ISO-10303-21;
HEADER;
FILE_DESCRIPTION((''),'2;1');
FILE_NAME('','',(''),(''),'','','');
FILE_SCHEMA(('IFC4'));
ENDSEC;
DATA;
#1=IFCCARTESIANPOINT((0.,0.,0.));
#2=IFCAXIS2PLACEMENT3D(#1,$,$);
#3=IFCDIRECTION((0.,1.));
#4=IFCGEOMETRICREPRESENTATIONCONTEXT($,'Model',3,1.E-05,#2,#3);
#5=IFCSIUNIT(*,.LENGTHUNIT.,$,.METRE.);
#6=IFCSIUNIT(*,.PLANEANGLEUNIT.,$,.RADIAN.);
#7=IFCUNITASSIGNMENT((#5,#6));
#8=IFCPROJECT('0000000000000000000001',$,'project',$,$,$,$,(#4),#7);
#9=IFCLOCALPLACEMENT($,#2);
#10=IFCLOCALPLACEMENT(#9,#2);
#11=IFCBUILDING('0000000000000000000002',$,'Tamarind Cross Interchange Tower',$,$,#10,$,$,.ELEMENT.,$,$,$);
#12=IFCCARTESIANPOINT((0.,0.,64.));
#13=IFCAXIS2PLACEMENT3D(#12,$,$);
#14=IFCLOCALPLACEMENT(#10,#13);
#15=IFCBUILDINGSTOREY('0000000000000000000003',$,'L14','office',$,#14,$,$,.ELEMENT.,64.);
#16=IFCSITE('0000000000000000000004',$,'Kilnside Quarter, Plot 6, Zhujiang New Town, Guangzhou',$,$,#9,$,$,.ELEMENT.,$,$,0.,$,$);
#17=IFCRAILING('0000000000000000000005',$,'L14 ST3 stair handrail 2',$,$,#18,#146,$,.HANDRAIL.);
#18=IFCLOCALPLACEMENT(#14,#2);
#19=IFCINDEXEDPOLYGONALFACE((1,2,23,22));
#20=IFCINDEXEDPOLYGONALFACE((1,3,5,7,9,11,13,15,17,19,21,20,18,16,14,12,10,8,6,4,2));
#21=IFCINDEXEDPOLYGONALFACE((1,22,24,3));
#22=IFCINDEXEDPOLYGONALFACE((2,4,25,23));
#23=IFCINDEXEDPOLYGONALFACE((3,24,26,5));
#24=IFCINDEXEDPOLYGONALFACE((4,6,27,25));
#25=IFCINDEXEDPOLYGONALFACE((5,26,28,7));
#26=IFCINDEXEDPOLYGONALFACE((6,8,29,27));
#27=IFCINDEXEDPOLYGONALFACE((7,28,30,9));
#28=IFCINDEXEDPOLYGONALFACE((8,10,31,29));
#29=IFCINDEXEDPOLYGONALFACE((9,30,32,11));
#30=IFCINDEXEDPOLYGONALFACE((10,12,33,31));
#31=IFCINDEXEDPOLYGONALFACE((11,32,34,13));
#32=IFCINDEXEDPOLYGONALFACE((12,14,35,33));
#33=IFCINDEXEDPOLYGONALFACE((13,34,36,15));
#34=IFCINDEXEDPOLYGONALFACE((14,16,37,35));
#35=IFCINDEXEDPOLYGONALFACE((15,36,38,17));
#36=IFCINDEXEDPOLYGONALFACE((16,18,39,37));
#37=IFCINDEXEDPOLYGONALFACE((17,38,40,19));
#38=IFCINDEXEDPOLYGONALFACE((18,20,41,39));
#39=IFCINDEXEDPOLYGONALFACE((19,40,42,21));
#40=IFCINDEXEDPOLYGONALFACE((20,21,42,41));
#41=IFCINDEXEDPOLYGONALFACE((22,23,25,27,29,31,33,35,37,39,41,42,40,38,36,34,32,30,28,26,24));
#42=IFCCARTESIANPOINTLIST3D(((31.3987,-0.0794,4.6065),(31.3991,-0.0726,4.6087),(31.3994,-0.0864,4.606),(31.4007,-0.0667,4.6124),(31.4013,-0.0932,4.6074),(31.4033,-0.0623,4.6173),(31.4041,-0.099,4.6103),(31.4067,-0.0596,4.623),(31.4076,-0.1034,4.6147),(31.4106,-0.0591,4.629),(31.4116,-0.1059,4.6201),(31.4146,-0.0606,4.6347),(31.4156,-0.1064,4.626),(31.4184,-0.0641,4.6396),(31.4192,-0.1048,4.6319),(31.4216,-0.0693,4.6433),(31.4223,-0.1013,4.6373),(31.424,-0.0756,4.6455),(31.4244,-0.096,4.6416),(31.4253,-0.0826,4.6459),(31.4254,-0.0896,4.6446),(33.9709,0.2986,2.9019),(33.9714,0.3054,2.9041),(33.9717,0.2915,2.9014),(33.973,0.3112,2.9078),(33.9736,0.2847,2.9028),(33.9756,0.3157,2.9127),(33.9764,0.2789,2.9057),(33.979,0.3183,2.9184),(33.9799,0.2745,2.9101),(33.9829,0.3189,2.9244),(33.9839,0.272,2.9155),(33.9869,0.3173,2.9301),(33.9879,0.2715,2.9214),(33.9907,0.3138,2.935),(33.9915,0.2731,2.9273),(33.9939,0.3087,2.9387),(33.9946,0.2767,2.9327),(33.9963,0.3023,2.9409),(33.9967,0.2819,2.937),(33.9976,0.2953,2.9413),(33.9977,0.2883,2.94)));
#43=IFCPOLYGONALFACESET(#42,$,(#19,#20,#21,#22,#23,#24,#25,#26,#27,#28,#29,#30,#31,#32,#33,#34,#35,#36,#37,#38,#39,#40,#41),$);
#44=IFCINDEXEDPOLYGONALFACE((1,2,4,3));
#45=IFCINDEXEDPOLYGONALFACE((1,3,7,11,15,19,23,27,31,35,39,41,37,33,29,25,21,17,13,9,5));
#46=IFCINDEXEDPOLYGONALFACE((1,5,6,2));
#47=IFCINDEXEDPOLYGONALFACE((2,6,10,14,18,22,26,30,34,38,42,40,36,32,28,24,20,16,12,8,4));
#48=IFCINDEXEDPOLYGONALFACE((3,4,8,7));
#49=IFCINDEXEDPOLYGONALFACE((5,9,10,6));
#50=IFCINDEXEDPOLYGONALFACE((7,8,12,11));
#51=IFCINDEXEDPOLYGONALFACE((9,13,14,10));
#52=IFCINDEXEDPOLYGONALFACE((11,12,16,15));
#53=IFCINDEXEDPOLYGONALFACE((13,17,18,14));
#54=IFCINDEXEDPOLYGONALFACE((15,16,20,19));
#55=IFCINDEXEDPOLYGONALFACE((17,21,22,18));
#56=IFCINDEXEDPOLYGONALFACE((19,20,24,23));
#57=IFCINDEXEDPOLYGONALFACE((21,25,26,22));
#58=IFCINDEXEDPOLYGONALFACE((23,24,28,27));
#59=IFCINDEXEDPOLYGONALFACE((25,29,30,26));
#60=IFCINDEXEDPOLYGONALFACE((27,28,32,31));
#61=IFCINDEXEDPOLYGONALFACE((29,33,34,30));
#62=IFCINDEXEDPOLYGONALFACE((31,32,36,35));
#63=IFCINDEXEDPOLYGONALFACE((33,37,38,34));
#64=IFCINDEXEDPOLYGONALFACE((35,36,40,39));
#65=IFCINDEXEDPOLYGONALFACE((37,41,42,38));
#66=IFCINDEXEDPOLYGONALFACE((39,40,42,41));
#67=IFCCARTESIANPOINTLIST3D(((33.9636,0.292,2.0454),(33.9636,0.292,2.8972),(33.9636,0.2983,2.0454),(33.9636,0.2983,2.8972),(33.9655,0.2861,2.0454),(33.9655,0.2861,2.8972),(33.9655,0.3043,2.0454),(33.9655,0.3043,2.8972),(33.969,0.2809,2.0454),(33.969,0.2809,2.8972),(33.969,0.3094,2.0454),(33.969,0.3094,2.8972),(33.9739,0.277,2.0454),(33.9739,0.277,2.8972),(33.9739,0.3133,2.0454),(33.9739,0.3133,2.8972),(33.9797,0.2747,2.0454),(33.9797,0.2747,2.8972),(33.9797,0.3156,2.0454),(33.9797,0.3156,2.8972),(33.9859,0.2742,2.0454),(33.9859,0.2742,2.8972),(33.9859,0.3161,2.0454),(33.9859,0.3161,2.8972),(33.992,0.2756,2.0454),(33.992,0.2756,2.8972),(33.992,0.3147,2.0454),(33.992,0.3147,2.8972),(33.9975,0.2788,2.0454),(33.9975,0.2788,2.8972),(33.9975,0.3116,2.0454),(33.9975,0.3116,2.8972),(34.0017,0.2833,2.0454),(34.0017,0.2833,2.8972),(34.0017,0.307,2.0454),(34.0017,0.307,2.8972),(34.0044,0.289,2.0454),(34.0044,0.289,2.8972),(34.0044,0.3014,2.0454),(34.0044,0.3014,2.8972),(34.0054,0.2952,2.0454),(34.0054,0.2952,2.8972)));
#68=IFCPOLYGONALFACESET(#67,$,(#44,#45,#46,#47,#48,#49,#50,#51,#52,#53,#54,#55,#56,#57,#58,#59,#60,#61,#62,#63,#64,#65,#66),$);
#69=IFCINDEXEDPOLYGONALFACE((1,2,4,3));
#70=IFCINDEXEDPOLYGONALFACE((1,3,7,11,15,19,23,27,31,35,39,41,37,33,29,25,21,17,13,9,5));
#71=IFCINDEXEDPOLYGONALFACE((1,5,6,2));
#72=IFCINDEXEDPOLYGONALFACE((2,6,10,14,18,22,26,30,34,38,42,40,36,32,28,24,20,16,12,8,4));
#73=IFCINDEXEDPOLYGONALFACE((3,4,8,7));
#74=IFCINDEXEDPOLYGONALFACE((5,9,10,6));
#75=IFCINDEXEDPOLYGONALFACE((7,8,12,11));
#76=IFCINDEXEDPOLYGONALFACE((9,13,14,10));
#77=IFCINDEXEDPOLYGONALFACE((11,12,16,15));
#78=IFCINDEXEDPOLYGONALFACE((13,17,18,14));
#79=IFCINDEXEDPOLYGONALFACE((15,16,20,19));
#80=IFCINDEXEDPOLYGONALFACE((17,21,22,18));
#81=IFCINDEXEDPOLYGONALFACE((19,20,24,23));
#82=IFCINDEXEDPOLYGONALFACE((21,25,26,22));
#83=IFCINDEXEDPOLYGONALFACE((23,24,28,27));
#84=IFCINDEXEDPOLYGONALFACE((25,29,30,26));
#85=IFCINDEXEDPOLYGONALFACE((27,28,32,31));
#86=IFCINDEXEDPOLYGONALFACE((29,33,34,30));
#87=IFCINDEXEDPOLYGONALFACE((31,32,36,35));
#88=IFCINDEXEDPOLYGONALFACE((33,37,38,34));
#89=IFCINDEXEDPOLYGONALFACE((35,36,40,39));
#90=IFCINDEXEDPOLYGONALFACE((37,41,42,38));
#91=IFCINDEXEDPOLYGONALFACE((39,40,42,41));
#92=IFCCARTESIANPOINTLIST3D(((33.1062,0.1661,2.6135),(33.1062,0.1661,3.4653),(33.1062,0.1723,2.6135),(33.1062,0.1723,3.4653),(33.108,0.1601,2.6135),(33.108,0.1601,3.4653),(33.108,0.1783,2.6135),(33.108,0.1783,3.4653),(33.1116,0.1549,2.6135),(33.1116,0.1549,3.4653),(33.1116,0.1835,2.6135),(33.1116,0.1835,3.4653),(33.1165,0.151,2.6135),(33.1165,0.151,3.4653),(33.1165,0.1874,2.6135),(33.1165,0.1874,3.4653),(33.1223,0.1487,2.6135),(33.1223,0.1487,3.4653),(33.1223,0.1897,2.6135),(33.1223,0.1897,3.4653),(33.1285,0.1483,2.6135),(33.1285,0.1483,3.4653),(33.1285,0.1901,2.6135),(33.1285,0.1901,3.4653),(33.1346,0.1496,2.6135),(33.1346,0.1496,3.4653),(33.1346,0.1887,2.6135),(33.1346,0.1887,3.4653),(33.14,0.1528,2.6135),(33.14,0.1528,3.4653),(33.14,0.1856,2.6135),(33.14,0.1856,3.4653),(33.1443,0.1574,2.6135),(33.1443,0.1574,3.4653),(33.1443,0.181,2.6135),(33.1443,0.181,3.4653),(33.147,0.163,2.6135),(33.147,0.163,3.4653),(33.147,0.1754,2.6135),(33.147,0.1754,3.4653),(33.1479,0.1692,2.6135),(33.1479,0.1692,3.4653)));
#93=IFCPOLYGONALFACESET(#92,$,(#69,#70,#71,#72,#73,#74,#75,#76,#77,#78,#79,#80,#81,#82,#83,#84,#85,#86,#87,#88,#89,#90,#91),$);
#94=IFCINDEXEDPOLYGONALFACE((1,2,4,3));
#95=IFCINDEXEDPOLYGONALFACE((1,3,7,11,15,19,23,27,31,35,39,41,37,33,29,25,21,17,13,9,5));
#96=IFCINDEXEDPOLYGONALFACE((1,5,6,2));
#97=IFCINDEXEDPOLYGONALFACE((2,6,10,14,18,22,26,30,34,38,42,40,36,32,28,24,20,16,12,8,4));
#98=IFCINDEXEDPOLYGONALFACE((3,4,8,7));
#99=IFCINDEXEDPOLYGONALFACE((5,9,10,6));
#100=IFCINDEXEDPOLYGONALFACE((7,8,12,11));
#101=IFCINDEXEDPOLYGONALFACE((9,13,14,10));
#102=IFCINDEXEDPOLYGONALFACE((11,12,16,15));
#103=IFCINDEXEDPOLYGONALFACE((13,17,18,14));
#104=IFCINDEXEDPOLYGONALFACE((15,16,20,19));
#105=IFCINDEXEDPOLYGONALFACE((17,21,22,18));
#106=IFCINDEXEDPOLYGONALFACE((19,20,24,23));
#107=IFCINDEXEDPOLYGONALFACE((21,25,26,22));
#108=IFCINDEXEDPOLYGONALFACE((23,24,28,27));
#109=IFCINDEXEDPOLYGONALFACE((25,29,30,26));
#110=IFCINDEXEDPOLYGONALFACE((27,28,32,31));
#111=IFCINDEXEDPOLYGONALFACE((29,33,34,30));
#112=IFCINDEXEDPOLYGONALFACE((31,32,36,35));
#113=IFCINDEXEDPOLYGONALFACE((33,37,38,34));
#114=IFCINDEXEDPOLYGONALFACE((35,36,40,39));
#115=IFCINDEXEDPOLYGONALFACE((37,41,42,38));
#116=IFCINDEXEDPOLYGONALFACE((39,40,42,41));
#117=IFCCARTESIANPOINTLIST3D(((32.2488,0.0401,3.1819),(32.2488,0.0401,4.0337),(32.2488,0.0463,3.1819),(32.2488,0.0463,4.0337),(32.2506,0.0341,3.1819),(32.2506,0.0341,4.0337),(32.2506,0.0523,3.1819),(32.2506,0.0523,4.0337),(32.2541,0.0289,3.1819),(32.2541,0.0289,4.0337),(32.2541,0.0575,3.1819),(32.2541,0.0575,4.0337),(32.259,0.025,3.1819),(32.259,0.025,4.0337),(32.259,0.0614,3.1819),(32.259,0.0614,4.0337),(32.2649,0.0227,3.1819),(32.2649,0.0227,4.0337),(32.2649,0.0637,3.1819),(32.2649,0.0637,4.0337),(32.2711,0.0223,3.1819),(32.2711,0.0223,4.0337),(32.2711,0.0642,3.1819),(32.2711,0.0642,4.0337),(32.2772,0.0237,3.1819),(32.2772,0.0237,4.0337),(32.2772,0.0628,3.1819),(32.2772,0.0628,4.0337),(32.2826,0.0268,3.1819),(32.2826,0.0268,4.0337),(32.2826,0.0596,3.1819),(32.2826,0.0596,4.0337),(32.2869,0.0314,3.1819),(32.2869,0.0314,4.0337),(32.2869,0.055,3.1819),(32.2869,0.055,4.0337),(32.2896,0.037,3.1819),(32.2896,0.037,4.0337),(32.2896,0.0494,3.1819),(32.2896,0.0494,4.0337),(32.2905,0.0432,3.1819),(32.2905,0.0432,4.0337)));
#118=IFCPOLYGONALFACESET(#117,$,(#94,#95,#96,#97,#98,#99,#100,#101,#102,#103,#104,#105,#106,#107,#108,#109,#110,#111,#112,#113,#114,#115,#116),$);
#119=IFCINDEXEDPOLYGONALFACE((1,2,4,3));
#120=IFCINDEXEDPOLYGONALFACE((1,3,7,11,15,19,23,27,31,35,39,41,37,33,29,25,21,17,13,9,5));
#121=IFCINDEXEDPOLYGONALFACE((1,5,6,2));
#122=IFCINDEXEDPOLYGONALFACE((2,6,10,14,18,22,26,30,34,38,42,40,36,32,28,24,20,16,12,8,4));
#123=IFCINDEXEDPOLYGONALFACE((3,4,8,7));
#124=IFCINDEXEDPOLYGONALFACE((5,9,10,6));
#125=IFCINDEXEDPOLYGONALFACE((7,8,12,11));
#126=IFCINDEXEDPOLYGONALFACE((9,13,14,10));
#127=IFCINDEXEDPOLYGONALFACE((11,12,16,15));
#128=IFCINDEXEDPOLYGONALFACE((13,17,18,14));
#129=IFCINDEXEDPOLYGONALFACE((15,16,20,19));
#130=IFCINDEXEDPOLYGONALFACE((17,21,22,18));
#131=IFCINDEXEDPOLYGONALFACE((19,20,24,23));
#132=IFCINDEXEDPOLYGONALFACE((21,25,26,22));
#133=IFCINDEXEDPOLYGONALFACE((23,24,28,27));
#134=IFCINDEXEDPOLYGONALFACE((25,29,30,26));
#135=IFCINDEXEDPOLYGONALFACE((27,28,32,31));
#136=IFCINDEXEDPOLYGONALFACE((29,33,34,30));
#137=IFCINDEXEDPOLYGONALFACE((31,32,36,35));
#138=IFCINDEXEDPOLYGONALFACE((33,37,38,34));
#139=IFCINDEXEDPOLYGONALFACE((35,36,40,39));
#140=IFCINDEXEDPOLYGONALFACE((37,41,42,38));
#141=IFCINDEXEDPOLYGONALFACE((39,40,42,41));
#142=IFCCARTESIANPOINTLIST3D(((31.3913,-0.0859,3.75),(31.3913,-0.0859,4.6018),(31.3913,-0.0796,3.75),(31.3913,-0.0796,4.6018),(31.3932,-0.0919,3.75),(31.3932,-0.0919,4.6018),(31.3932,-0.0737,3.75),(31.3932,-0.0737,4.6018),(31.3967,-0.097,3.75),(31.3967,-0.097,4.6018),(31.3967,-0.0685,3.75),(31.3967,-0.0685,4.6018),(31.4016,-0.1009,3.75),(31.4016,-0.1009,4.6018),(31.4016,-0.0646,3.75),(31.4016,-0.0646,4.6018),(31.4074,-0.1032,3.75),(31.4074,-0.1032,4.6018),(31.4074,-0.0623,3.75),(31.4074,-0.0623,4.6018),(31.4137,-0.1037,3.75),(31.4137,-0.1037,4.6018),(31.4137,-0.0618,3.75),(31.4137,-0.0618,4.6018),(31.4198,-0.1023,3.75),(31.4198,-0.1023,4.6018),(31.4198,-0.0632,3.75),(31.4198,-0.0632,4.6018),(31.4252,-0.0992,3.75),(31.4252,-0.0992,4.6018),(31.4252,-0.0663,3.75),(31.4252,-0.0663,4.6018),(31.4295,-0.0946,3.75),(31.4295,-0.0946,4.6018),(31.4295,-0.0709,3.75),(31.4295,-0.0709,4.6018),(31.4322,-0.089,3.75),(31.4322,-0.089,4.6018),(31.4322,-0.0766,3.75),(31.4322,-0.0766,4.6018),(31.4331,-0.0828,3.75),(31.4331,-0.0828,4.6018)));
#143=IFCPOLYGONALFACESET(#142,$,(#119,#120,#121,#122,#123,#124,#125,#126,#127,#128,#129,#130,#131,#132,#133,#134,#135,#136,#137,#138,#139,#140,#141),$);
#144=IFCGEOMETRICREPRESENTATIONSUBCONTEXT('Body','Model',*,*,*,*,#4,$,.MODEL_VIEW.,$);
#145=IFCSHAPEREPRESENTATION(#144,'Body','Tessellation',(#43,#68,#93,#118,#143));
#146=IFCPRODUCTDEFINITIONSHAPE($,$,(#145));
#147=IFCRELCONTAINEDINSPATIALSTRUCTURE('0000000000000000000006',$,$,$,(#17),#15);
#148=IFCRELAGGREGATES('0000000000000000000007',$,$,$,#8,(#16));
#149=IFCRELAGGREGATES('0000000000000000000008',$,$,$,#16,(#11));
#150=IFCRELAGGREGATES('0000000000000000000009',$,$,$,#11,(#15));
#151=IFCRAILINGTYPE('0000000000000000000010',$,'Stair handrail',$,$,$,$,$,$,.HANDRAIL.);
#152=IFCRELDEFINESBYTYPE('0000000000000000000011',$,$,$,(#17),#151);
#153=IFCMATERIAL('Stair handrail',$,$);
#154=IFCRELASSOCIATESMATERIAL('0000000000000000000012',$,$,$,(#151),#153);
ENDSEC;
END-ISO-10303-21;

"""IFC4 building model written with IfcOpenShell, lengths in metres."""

from ifc_helpers import new_model, si_unit, direction, frame, origin, origin_2d, place, context, subcontext, project, spatial, circle, extrude, material, type_object, element, save


model = new_model("IFC4")

# Units and contexts
model_context = context("Model", 3, precision=1e-05, world=origin(), true_north=direction((0.0, 1.0)))
body_context = subcontext(model_context, "Body", "Model", "MODEL_VIEW")
ifc_project = project(units=[si_unit("LENGTHUNIT", "METRE"), si_unit("PLANEANGLEUNIT", "RADIAN")], contexts=[model_context])

# Site, building, storey
site_placement = place(None, origin())
site = spatial("IfcSite", under=ifc_project, at=site_placement, Name="Kilnside Quarter, Plot 6, Zhujiang New Town, Guangzhou", CompositionType="ELEMENT", RefElevation=0.0)
building_placement = place(site_placement, origin())
building = spatial("IfcBuilding", under=site, at=building_placement, Name="Tamarind Cross Interchange Tower", CompositionType="ELEMENT")
storey_placement = place(building_placement, frame((0.0, 0.0, 64.0)))
storey = spatial("IfcBuildingStorey", under=building, at=storey_placement, Name="L14", Description="office", CompositionType="ELEMENT", Elevation=64.0)

# Railing
ifc_material_1 = material(Name="Stair handrail")
railing_type = type_object("IfcRailingType", Name="Stair handrail", PredefinedType="HANDRAIL", material=ifc_material_1)
railing_placement = place(storey_placement, frame((33.9844, 0.2952, 2.0454)))
element("IfcRailing", 1, at=railing_placement, inside=storey, type_object=railing_type, Name="L14 ST3 stair handrail 2", PredefinedType="HANDRAIL", context=body_context, shape_type="SweptSolid", body=[
    extrude(circle(Radius=0.0239, at=origin_2d()), frame((0.0, 0.0, 0.876), z_axis=(-0.827398, -0.121565, 0.548301), x_axis=(0.145364, -0.989378, 0.0)), (0.0, 0.0, 1.0), 3.1089),
    extrude(circle(Radius=0.021, at=origin_2d()), origin(), (0.0, 0.0, 1.0), 0.8518),
    extrude(circle(Radius=0.021, at=origin_2d()), frame((-0.8574, -0.126, 0.5681)), (0.0, 0.0, 1.0), 0.8518),
    extrude(circle(Radius=0.021, at=origin_2d()), frame((-1.7148, -0.252, 1.1365)), (0.0, 0.0, 1.0), 0.8518),
    extrude(circle(Radius=0.021, at=origin_2d()), frame((-2.5723, -0.3779, 1.7046)), (0.0, 0.0, 1.0), 0.8518),
])

save(model, "model.ifc")
